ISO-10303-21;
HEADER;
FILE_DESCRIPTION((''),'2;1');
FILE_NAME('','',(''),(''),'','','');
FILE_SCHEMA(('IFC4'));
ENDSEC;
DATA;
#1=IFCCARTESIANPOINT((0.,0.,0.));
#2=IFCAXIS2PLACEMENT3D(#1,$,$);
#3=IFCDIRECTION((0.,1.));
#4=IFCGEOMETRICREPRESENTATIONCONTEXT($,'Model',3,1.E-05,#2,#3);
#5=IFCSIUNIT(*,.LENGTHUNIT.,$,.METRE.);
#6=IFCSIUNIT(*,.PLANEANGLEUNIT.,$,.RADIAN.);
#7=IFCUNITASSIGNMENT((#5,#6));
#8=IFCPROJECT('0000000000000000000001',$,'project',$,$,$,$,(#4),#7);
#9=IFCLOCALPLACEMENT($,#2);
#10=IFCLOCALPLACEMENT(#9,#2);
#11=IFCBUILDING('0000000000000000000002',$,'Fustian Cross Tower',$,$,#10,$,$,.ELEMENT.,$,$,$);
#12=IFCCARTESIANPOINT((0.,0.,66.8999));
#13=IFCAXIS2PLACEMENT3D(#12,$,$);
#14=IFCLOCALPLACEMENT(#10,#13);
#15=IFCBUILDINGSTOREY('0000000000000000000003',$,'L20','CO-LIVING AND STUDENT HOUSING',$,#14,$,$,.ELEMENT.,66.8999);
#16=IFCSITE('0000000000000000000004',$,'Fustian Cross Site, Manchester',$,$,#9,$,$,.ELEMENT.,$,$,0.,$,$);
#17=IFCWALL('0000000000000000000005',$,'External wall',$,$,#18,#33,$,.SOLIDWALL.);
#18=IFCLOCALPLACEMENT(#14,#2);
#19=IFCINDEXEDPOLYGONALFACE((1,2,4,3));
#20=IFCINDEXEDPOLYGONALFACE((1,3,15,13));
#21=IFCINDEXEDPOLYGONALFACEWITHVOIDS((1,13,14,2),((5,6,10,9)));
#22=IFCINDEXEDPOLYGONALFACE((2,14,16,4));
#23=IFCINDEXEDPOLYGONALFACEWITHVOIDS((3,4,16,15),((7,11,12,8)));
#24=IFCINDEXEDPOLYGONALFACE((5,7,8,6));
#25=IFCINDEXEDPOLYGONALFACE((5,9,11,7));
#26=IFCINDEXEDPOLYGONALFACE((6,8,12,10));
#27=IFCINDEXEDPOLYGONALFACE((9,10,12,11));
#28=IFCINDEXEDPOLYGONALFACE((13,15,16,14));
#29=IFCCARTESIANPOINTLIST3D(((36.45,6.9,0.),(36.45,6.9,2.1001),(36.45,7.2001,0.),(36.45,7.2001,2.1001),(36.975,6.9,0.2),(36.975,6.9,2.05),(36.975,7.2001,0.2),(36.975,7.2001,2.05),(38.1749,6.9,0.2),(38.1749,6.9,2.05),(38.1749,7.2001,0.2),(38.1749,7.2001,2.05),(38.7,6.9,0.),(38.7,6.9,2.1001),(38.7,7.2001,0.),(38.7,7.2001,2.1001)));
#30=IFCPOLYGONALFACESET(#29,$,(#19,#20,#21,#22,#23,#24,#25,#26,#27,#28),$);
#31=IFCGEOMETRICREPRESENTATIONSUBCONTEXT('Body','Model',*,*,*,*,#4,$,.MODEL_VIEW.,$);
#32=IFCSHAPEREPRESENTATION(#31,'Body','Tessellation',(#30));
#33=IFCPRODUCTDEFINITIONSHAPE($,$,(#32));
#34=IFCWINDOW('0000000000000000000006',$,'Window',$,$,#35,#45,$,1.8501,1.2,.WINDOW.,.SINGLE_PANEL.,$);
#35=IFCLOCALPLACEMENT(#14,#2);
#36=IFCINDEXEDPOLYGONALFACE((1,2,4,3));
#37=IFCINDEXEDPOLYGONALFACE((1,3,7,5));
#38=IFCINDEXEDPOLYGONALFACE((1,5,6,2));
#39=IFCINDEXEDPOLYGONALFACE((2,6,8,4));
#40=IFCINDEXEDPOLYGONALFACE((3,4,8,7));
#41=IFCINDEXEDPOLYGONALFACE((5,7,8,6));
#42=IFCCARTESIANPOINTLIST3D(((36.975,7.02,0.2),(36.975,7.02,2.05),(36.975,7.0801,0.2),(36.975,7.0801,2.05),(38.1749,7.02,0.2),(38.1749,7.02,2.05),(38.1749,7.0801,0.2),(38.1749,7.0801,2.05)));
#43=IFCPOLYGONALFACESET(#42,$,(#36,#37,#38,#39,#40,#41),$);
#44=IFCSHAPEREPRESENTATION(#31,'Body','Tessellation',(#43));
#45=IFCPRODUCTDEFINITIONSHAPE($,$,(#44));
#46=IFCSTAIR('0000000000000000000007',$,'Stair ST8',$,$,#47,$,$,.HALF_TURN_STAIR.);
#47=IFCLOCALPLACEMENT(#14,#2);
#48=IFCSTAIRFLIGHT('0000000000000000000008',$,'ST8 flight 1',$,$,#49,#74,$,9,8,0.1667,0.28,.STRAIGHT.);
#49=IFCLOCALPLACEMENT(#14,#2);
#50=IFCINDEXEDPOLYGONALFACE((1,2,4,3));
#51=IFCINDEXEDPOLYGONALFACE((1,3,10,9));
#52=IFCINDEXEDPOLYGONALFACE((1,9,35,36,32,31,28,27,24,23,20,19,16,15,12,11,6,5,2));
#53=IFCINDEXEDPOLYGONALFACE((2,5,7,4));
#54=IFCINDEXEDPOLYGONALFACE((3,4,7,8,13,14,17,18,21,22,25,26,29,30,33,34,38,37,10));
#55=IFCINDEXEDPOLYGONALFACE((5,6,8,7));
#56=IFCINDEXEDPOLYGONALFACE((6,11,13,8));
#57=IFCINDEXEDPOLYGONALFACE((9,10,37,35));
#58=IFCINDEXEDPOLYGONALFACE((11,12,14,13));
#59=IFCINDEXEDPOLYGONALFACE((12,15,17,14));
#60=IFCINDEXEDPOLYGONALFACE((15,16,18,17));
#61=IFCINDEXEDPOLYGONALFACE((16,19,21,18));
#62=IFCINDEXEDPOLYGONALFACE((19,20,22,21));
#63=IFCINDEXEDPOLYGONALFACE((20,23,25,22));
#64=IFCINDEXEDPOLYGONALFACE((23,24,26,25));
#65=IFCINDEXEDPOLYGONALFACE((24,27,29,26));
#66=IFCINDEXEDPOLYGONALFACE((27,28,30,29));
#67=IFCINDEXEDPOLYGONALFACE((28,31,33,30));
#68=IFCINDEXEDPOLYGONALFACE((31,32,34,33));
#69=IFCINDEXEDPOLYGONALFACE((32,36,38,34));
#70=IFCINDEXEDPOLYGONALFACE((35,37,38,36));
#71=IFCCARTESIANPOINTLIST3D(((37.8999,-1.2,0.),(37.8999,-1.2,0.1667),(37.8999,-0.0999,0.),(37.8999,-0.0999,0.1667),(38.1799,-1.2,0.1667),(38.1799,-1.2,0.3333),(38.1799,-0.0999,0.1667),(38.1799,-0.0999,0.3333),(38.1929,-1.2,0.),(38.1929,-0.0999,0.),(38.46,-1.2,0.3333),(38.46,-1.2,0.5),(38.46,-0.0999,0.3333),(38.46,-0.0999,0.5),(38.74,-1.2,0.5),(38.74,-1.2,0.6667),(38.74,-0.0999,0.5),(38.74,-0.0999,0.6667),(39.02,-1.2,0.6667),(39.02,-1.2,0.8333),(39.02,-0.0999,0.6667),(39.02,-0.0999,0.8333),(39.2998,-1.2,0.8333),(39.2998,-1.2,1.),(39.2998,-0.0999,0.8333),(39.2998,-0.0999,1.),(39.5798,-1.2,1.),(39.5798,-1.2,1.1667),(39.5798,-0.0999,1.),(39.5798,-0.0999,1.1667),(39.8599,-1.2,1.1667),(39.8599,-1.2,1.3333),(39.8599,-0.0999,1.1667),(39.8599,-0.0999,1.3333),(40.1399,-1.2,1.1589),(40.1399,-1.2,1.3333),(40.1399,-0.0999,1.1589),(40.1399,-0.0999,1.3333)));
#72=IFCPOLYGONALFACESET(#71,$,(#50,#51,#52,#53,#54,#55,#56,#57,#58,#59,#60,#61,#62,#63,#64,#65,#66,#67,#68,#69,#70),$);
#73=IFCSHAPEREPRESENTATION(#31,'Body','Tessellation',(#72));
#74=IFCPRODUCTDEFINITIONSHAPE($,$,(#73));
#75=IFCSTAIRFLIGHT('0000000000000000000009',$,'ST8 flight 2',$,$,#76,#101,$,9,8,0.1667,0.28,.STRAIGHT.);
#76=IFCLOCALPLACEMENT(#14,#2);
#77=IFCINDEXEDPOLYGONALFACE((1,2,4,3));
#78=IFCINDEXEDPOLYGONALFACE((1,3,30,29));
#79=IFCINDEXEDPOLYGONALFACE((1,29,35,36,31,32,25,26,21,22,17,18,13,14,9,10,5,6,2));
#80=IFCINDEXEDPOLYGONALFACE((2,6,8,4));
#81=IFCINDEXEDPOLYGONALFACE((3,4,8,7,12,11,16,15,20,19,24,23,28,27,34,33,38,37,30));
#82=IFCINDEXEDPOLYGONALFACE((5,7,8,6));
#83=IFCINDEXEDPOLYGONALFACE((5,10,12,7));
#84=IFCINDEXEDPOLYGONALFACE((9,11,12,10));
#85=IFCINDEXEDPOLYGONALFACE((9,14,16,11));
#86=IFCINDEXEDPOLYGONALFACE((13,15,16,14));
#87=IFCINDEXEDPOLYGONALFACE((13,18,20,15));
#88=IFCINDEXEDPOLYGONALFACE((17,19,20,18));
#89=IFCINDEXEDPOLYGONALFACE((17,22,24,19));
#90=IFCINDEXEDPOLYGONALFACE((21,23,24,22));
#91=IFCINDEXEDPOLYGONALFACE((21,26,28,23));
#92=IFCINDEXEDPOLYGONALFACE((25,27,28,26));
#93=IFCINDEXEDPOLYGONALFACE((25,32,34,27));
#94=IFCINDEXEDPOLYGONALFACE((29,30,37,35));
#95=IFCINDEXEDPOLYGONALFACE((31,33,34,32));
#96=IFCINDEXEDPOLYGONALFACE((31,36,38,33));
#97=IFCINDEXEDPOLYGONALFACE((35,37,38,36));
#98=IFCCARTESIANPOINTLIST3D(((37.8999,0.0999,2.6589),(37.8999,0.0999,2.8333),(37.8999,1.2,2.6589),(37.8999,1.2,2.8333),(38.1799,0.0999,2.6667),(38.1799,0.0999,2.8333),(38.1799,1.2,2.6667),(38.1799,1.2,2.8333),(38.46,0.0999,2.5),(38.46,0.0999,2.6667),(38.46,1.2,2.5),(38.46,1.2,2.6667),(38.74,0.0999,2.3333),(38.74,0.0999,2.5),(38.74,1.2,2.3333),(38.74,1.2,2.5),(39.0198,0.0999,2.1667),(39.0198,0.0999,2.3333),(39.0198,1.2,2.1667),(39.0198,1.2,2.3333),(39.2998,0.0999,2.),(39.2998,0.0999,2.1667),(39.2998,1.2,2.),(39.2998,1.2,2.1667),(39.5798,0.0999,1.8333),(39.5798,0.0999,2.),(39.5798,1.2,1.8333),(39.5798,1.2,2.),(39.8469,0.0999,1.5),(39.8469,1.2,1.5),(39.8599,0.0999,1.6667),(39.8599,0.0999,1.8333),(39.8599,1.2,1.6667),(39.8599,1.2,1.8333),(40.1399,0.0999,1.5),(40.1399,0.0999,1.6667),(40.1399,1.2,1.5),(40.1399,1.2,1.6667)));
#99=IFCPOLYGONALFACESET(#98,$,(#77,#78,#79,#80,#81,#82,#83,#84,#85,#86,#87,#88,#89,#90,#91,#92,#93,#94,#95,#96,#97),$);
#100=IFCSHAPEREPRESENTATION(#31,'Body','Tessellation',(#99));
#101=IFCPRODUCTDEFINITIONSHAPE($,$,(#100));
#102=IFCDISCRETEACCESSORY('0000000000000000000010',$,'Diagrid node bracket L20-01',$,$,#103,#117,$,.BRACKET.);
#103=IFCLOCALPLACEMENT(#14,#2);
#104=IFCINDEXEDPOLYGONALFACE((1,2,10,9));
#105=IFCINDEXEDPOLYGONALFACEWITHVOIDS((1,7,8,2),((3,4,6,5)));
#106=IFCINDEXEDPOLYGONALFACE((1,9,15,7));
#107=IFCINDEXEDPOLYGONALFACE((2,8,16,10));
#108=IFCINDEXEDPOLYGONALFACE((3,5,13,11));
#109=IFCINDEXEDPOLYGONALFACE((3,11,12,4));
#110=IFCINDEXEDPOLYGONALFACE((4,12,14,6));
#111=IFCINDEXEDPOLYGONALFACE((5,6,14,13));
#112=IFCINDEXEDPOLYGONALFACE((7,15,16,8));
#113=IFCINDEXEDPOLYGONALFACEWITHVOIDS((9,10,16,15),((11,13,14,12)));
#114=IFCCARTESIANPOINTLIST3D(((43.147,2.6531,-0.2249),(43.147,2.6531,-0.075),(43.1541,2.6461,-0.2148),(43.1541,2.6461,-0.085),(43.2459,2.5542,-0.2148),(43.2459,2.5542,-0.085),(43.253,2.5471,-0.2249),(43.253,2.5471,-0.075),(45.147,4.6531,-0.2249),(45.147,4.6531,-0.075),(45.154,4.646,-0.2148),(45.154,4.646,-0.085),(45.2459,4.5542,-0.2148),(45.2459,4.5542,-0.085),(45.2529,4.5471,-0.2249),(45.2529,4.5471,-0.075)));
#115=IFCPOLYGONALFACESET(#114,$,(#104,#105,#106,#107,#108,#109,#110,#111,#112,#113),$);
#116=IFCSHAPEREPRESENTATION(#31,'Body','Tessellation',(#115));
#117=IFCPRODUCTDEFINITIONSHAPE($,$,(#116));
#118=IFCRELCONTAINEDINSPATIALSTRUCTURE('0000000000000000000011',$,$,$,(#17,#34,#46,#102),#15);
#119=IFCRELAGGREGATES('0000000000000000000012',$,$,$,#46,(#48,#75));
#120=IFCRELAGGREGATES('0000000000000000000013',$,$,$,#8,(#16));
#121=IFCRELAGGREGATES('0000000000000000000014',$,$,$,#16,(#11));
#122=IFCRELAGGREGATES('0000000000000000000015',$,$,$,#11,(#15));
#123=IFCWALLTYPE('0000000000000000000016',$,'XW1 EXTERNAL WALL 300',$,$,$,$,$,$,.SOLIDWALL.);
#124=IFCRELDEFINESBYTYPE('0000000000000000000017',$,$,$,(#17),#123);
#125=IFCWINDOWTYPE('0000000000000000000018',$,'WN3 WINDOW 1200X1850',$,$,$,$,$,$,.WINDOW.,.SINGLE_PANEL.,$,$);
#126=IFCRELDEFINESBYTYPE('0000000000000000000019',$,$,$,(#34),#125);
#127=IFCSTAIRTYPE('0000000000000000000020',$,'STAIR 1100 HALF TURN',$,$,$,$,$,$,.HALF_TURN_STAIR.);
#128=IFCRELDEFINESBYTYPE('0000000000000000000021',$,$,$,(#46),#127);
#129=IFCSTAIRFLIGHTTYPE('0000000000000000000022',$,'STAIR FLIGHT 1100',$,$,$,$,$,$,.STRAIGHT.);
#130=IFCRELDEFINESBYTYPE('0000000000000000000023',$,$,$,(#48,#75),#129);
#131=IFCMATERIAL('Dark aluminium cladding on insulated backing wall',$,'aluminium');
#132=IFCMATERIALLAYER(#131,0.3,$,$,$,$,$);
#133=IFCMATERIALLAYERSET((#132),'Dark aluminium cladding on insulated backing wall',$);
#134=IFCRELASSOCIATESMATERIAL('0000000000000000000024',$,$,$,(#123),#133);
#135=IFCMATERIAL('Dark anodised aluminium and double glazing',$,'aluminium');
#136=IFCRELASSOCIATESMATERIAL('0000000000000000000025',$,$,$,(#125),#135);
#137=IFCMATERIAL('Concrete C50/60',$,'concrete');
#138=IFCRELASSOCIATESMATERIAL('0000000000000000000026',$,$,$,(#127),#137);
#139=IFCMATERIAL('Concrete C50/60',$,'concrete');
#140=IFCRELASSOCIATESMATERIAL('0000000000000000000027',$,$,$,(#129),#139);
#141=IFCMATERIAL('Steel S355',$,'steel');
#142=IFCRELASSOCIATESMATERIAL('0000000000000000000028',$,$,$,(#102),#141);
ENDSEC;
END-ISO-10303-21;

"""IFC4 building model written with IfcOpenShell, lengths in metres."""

from ifc_helpers import new_model, si_unit, direction, frame, frame_2d, origin, origin_2d, place, context, subcontext, project, spatial, polyline, rectangle, hollow_rectangle, outline, extrude, material, layer, layer_set, type_object, element, fill, aggregate, save


model = new_model("IFC4")

# Units and contexts
model_context = context("Model", 3, precision=1e-05, world=origin(), true_north=direction((0.0, 1.0)))
body_context = subcontext(model_context, "Body", "Model", "MODEL_VIEW")
ifc_project = project(units=[si_unit("LENGTHUNIT", "METRE"), si_unit("PLANEANGLEUNIT", "RADIAN")], contexts=[model_context])

# Site, building, storey
site_placement = place(None, origin())
site = spatial("IfcSite", under=ifc_project, at=site_placement, Name="Fustian Cross Site, Manchester", CompositionType="ELEMENT", RefElevation=0.0)
building_placement = place(site_placement, origin())
building = spatial("IfcBuilding", under=site, at=building_placement, Name="Fustian Cross Tower", CompositionType="ELEMENT")
storey_placement = place(building_placement, frame((0.0, 0.0, 66.8999)))
storey = spatial("IfcBuildingStorey", under=building, at=storey_placement, Name="L20", Description="CO-LIVING AND STUDENT HOUSING", CompositionType="ELEMENT", Elevation=66.8999)

# Shared definitions
ifc_material_1 = material(Name="Dark aluminium cladding on insulated backing wall", Category="aluminium")
ifc_layer_1 = layer(ifc_material_1, 0.3)
ifc_layer_set_1 = layer_set([ifc_layer_1], Name="Dark aluminium cladding on insulated backing wall")
wall_type_1 = type_object("IfcWallType", Name="XW1 EXTERNAL WALL 300", PredefinedType="SOLIDWALL", material=ifc_layer_set_1)

# Shared definitions
ifc_material_2 = material(Name="Dark anodised aluminium and double glazing", Category="aluminium")
window_type = type_object("IfcWindowType", Name="WN3 WINDOW 1200X1850", PartitioningType="SINGLE_PANEL", PredefinedType="WINDOW", material=ifc_material_2)

# Wall, opening, window
wall_1_placement = place(storey_placement, frame((38.7, 7.05, 0.0), z_axis=(0.0, 0.0, 1.0), x_axis=(-1.0, 0.0, 0.0)))
wall_1 = element("IfcWall", 1, at=wall_1_placement, inside=storey, type_object=wall_type_1, Name="External wall", PredefinedType="SOLIDWALL", context=body_context, shape_type="SweptSolid", body=[
    extrude(rectangle(XDim=2.25, YDim=0.3, at=frame_2d((1.125, 0.0))), origin(), (0.0, 0.0, 1.0), 2.1001),
])
opening_1_placement = place(wall_1_placement, frame((0.5249, 0.0, 0.2)))
opening_1 = element("IfcOpeningElement", 2, at=opening_1_placement, cuts=wall_1, PredefinedType="OPENING", context=body_context, shape_type="SweptSolid", body=[
    extrude(rectangle(XDim=1.2, YDim=1.8501, at=frame_2d((0.6001, 0.925))), frame((0.0, 0.1599, 0.0), z_axis=(0.0, -1.0, 0.0), x_axis=(1.0, 0.0, 0.0)), (0.0, 0.0, 1.0), 0.3201),
])
window_1_placement = place(opening_1_placement, origin())
window_1 = element("IfcWindow", 3, at=window_1_placement, inside=storey, type_object=window_type, Name="Window", OverallHeight=1.8501, OverallWidth=1.2, PartitioningType="SINGLE_PANEL", PredefinedType="WINDOW", context=body_context, shape_type="SweptSolid", body=[
    extrude(rectangle(XDim=1.2, YDim=1.8501, at=frame_2d((0.6001, 0.925))), frame((0.0, 0.03, 0.0), z_axis=(0.0, -1.0, 0.0), x_axis=(1.0, 0.0, 0.0)), (0.0, 0.0, 1.0), 0.0601),
])
fill(opening_1, window_1)

# Stair, stair flights
ifc_material_3 = material(Name="Concrete C50/60", Category="concrete")
stair_type = type_object("IfcStairType", Name="STAIR 1100 HALF TURN", PredefinedType="HALF_TURN_STAIR", material=ifc_material_3)
stair_placement = place(storey_placement, origin())
stair = element("IfcStair", 4, at=stair_placement, inside=storey, type_object=stair_type, Name="Stair ST8", PredefinedType="HALF_TURN_STAIR")
ifc_material_4 = material(Name="Concrete C50/60", Category="concrete")
stair_flight_type = type_object("IfcStairFlightType", Name="STAIR FLIGHT 1100", PredefinedType="STRAIGHT", material=ifc_material_4)
stair_flight_1_placement = place(storey_placement, frame((37.8999, -0.6499, 0.0), z_axis=(0.0, 0.0, 1.0), x_axis=(1.0, 0.0, 0.0)))
stair_flight_1 = element("IfcStairFlight", 5, at=stair_flight_1_placement, type_object=stair_flight_type, Name="ST8 flight 1", NumberOfRisers=9, NumberOfTreads=8, PredefinedType="STRAIGHT", RiserHeight=0.1667, TreadLength=0.28, context=body_context, shape_type="SweptSolid", body=[
    extrude(outline(polyline([(0.0, 0.0), (0.0, 0.1667), (0.28, 0.1667), (0.28, 0.3333), (0.5601, 0.3333), (0.5601, 0.5), (0.8401, 0.5), (0.8401, 0.6667), (1.1201, 0.6667), (1.1201, 0.8333), (1.3999, 0.8333), (1.3999, 1.0), (1.6799, 1.0), (1.6799, 1.1667), (1.96, 1.1667), (1.96, 1.3333), (2.24, 1.3333), (2.24, 1.5), (2.24, 1.1589), (0.293, 0.0), (0.0, 0.0)])), frame((0.0, 0.55, 0.0), z_axis=(0.0, -1.0, 0.0), x_axis=(1.0, 0.0, 0.0)), (0.0, 0.0, 1.0), 1.1001),
])
stair_flight_2_placement = place(storey_placement, frame((40.1399, 0.6499, 1.5), z_axis=(0.0, 0.0, 1.0), x_axis=(-1.0, 0.0, 0.0)))
stair_flight_2 = element("IfcStairFlight", 6, at=stair_flight_2_placement, type_object=stair_flight_type, Name="ST8 flight 2", NumberOfRisers=9, NumberOfTreads=8, PredefinedType="STRAIGHT", RiserHeight=0.1667, TreadLength=0.28, context=body_context, shape_type="SweptSolid", body=[
    extrude(outline(polyline([(0.0, 0.0), (0.0, 0.1667), (0.28, 0.1667), (0.28, 0.3333), (0.5601, 0.3333), (0.5601, 0.5), (0.8401, 0.5), (0.8401, 0.6667), (1.1201, 0.6667), (1.1201, 0.8333), (1.3999, 0.8333), (1.3999, 1.0), (1.6799, 1.0), (1.6799, 1.1667), (1.96, 1.1667), (1.96, 1.3333), (2.24, 1.3333), (2.24, 1.5), (2.24, 1.1589), (0.293, 0.0), (0.0, 0.0)])), frame((0.0, 0.55, 0.0), z_axis=(0.0, -1.0, 0.0), x_axis=(1.0, 0.0, 0.0)), (0.0, 0.0, 1.0), 1.1001),
])
aggregate(stair, [stair_flight_1, stair_flight_2])

# Discrete accessory
ifc_material_5 = material(Name="Steel S355", Category="steel")
discrete_accessory_placement = place(storey_placement, frame((45.2, 4.6001, -0.1499), z_axis=(-0.707107, -0.707107, 0.0), x_axis=(0.707107, -0.707107, 0.0)))
element("IfcDiscreteAccessory", 7, at=discrete_accessory_placement, inside=storey, material=ifc_material_5, Name="Diagrid node bracket L20-01", PredefinedType="BRACKET", context=body_context, shape_type="SweptSolid", body=[
    extrude(hollow_rectangle(XDim=0.1499, YDim=0.1499, WallThickness=0.01, at=origin_2d()), origin(), (0.0, 0.0, 1.0), 2.8284),
])

save(model, "model.ifc")
